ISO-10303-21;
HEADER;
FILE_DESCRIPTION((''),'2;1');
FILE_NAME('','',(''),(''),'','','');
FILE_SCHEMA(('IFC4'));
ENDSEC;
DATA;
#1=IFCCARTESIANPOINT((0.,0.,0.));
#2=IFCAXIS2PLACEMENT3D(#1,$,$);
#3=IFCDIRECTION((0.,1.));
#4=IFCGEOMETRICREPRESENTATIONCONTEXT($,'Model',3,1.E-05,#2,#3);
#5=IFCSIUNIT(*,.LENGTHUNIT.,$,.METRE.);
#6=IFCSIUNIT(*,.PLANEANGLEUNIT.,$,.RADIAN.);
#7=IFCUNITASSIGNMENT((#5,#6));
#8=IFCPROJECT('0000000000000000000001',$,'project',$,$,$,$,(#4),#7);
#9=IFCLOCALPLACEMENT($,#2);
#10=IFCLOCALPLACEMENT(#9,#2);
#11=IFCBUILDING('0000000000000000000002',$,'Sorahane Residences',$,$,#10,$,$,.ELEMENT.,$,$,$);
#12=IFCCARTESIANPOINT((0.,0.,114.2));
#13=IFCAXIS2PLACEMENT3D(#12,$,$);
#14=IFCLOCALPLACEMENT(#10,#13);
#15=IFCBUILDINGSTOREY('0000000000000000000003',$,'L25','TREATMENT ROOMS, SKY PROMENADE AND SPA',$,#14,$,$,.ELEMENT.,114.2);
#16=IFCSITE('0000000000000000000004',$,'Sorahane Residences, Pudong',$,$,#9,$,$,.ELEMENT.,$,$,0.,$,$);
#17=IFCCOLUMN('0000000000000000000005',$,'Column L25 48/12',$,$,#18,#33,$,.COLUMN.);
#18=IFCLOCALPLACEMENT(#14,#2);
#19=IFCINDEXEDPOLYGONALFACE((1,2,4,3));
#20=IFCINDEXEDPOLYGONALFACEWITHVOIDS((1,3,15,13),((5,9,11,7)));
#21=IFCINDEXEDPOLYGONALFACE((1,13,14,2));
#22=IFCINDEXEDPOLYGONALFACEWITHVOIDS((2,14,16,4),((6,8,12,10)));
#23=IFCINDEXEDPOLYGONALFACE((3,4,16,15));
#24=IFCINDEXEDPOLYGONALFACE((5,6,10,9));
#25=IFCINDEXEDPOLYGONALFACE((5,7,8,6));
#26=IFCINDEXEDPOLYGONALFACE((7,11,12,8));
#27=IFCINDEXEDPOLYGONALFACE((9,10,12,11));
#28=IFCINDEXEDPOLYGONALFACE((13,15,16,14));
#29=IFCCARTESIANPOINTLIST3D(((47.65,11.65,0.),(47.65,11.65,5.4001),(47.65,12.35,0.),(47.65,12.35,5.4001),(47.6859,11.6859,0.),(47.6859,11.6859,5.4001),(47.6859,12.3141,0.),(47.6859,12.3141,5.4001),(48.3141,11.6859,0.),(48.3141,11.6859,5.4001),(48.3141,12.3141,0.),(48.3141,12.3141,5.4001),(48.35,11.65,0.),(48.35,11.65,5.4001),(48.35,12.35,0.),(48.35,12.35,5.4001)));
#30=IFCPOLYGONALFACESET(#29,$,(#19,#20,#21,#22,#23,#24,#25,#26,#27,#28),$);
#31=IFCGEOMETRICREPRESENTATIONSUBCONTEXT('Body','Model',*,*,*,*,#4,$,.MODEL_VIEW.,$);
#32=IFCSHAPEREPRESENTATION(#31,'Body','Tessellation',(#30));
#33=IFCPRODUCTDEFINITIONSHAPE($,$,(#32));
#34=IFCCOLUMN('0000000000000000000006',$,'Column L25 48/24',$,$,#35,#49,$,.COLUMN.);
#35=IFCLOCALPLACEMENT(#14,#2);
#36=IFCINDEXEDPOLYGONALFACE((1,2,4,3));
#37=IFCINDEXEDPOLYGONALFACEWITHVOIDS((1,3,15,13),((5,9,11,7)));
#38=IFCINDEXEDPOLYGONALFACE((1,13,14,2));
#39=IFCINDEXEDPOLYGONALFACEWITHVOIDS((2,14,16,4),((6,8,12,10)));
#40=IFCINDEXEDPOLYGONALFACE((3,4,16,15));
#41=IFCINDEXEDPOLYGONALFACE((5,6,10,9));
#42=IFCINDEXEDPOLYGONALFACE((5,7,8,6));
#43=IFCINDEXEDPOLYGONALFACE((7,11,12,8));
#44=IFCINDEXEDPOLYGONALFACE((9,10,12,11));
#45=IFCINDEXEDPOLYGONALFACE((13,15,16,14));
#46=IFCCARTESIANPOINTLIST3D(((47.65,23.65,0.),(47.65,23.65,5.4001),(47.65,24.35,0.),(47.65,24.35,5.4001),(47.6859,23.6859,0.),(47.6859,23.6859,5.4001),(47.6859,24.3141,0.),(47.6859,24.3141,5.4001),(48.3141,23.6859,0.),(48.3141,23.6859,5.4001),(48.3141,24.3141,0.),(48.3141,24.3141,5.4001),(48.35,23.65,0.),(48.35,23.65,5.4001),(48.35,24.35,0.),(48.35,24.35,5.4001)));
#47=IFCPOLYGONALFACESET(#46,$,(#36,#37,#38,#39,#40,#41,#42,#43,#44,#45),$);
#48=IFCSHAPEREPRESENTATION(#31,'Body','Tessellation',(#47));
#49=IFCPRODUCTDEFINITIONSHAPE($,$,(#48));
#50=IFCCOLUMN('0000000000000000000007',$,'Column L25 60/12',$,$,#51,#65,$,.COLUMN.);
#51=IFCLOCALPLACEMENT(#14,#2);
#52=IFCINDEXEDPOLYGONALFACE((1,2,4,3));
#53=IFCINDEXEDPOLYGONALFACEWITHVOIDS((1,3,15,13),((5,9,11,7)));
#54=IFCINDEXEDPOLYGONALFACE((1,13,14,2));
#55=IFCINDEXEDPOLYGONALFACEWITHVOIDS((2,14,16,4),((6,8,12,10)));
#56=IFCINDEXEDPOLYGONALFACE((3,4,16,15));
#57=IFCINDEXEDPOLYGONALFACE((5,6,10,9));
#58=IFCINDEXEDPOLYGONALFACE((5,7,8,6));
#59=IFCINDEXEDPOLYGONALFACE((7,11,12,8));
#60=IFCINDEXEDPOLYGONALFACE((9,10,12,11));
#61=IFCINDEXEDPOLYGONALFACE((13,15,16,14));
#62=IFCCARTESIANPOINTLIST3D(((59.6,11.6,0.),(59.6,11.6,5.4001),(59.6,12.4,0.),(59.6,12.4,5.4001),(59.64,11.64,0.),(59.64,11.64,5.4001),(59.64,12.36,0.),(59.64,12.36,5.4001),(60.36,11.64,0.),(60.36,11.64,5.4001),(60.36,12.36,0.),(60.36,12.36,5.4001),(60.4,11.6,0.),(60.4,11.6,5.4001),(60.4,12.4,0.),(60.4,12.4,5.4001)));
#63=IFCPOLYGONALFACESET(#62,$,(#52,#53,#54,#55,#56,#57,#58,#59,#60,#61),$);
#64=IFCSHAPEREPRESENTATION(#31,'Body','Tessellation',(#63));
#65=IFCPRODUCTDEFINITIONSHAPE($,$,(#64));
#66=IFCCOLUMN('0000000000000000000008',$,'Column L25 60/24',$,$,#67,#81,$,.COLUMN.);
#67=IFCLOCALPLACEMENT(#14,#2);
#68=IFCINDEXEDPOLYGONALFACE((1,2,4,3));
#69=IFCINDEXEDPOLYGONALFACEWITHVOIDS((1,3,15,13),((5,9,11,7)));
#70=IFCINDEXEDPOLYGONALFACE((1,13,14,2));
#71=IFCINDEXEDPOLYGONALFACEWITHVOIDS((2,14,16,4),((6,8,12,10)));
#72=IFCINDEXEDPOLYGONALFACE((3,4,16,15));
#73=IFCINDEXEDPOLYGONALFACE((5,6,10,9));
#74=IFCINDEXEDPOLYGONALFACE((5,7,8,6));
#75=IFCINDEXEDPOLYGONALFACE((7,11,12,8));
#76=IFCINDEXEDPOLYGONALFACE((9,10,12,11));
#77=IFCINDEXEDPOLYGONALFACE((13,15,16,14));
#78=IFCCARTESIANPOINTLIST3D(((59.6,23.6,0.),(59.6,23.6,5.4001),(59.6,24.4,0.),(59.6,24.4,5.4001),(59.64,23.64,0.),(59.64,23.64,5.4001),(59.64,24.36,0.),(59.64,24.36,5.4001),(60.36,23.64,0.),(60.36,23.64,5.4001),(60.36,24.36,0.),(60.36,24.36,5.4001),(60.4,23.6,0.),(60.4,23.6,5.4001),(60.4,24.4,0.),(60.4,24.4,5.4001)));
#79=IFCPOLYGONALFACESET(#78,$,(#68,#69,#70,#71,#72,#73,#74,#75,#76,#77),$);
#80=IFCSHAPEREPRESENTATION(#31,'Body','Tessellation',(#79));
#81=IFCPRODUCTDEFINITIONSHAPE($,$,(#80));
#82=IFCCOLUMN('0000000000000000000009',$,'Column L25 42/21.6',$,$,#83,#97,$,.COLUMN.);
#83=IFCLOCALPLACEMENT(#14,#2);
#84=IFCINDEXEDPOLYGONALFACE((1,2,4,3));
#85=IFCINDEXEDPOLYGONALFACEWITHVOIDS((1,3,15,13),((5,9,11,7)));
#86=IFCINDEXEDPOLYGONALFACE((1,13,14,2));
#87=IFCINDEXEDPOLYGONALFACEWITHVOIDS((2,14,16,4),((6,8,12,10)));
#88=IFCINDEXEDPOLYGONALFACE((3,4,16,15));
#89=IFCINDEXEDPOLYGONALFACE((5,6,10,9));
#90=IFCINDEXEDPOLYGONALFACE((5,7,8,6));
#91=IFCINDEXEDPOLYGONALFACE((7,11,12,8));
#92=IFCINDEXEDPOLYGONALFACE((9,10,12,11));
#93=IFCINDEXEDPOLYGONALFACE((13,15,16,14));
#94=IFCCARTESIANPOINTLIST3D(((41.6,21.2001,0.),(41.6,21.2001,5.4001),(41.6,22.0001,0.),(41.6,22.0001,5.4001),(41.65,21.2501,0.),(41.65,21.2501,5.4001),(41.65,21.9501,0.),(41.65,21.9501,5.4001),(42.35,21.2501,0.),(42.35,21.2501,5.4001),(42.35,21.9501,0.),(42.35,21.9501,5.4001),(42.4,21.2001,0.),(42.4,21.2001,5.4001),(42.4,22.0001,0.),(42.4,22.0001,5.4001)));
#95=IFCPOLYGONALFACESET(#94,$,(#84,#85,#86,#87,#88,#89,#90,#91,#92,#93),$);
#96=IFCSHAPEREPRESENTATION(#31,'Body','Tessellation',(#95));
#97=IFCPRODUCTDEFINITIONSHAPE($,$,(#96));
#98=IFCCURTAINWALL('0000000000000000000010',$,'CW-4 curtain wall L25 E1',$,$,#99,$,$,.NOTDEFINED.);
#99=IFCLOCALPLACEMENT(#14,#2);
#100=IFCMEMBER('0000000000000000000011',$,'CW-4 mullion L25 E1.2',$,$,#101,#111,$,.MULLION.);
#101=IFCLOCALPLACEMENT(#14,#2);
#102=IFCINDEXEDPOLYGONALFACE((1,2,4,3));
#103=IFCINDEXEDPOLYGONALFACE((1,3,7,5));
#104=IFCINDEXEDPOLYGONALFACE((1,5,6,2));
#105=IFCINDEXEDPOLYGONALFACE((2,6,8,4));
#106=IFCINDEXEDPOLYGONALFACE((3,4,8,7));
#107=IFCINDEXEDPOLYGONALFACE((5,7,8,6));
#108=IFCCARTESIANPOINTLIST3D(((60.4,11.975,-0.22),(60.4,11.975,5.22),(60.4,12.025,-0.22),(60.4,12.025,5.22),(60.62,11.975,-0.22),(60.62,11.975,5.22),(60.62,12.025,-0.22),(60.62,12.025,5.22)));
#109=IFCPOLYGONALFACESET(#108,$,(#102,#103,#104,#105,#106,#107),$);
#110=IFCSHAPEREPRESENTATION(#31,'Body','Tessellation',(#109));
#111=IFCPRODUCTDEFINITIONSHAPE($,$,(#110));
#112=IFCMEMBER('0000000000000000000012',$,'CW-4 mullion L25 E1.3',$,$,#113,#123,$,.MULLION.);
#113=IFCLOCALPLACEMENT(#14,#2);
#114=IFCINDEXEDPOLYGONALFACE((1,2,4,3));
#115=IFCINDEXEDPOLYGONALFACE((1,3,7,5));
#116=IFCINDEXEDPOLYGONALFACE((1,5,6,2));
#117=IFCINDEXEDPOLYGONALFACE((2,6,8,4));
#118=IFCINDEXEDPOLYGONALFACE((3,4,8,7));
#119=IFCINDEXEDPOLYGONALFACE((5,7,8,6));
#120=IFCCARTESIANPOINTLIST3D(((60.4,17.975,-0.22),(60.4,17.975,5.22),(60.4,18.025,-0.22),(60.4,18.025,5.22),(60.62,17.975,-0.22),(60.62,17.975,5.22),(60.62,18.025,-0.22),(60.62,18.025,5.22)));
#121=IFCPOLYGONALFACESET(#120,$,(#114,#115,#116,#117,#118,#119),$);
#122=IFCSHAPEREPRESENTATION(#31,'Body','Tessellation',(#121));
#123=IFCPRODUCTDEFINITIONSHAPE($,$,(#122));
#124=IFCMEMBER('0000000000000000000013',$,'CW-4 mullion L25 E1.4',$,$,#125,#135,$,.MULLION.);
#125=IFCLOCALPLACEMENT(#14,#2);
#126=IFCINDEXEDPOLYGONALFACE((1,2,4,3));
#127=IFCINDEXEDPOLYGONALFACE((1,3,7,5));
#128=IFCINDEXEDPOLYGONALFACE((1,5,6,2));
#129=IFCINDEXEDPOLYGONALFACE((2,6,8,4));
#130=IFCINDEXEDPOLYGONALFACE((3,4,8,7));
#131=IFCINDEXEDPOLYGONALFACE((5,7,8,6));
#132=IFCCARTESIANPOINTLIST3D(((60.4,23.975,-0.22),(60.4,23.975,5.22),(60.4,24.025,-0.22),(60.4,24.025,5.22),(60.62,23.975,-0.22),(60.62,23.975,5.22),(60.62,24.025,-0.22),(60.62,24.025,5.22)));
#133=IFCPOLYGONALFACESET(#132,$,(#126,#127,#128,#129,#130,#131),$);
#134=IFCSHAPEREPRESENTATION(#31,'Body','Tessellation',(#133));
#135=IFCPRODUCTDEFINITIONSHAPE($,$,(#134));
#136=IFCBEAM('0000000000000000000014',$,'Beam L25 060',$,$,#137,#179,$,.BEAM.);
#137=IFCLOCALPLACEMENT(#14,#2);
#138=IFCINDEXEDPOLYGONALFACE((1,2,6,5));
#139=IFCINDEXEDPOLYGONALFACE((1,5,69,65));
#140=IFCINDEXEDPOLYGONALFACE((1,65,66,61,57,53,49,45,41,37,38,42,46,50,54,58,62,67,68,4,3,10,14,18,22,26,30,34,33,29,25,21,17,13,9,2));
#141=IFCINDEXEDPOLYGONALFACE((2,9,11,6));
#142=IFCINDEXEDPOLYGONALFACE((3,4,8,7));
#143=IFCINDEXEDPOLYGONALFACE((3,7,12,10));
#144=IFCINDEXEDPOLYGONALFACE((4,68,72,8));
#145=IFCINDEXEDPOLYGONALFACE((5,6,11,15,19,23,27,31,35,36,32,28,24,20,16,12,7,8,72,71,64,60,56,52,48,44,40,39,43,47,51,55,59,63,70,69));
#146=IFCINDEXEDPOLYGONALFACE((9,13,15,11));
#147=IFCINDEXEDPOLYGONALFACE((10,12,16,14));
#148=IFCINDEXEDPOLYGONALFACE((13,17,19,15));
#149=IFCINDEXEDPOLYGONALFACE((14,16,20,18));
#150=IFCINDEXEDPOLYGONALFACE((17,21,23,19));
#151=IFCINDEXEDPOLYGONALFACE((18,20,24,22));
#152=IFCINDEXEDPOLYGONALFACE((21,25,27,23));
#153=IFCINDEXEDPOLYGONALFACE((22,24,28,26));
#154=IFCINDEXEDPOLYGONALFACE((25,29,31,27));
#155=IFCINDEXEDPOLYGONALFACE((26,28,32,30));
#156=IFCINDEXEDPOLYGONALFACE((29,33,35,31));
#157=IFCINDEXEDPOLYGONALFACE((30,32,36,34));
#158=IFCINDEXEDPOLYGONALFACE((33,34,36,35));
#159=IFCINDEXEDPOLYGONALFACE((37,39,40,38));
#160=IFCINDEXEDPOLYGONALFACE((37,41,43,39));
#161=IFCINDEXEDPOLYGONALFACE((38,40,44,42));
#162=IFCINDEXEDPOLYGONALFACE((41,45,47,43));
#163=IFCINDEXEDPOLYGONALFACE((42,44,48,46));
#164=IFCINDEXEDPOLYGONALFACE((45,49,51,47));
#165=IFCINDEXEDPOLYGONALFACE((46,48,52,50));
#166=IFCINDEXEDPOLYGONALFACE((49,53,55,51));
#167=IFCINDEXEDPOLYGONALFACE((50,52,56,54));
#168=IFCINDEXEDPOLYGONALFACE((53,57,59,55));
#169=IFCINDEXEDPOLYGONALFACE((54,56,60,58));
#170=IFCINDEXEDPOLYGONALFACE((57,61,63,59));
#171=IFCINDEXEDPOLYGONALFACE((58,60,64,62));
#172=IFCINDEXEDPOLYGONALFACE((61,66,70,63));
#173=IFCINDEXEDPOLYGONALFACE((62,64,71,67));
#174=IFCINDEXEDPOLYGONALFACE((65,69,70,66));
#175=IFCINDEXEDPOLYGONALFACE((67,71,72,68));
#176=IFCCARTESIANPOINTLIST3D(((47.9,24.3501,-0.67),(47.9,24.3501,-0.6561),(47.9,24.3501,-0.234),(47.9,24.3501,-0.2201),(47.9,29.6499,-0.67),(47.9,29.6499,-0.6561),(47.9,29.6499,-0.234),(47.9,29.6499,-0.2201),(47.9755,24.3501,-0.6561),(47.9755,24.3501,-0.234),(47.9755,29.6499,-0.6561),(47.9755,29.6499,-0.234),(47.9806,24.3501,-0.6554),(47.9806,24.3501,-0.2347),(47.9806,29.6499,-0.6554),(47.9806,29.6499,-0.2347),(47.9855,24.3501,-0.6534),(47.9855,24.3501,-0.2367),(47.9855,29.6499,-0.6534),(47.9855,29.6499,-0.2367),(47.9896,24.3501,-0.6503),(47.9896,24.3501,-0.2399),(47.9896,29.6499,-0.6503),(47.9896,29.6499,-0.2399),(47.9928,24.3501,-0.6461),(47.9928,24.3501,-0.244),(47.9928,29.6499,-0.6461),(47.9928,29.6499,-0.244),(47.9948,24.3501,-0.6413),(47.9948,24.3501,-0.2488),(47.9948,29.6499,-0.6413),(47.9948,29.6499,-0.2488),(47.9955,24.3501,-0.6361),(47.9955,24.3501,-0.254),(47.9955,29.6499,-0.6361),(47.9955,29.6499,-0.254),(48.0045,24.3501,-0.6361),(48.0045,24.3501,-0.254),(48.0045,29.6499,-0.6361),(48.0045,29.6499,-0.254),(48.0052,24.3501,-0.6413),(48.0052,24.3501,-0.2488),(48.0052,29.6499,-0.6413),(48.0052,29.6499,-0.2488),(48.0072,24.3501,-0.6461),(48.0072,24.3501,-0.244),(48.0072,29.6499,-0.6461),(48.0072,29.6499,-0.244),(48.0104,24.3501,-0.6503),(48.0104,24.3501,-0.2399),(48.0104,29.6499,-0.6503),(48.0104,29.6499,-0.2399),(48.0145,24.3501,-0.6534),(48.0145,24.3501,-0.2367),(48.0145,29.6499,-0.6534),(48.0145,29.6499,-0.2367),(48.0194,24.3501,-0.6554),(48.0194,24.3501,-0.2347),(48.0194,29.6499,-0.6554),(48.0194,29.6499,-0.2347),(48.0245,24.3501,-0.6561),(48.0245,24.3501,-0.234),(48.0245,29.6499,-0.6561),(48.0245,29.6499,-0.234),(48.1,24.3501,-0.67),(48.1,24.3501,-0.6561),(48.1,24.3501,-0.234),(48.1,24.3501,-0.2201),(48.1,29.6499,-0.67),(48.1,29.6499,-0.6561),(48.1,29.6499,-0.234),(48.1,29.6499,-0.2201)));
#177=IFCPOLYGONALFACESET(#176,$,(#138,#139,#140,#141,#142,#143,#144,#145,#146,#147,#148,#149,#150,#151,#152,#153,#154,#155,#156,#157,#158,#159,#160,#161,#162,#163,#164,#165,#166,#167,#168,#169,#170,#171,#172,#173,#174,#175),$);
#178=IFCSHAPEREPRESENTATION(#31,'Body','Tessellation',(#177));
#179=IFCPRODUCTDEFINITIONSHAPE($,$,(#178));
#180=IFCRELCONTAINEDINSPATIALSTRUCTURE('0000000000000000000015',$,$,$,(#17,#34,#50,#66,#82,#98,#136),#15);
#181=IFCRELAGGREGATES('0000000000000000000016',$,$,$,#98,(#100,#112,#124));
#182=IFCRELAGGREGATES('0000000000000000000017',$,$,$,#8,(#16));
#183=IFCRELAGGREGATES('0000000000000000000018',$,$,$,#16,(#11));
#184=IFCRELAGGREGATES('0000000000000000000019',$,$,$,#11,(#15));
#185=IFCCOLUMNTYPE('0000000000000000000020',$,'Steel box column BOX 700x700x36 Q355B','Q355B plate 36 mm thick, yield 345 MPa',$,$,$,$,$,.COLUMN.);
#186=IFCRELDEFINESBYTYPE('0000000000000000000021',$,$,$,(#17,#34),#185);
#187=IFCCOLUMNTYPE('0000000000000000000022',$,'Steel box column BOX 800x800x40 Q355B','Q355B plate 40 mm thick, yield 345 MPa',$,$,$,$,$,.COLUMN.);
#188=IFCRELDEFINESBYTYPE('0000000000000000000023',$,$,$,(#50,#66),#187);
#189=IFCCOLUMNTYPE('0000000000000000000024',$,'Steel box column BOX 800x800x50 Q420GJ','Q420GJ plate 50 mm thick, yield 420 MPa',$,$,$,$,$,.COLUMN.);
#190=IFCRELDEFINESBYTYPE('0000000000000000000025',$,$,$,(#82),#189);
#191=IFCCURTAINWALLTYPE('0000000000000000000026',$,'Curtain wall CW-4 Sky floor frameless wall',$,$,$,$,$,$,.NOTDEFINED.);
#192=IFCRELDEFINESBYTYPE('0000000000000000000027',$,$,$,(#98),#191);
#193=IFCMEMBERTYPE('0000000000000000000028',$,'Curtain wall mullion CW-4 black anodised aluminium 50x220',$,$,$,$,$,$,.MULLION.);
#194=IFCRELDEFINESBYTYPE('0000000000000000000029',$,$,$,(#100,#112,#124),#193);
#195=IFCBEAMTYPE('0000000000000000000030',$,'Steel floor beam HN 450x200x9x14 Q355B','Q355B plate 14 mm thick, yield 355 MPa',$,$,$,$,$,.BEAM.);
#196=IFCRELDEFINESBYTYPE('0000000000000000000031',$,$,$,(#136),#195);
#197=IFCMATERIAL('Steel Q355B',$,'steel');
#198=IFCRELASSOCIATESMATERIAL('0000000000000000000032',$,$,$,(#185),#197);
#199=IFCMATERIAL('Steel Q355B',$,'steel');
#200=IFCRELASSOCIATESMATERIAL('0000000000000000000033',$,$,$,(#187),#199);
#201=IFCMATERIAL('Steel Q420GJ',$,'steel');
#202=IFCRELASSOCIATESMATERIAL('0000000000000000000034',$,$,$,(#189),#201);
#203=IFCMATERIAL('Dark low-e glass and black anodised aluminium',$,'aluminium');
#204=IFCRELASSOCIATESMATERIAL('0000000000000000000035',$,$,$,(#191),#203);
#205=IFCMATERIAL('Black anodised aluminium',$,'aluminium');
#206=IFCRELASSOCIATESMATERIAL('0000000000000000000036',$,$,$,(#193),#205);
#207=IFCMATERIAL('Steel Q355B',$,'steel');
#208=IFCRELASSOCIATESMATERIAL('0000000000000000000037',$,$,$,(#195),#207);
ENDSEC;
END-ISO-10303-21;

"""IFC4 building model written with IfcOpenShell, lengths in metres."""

from ifc_helpers import new_model, si_unit, direction, frame, origin, origin_2d, place, context, subcontext, project, spatial, rectangle, hollow_rectangle, i_section, extrude, material, material_profile, profile_set, type_object, element, aggregate, save


model = new_model("IFC4")

# Units and contexts
model_context = context("Model", 3, precision=1e-05, world=origin(), true_north=direction((0.0, 1.0)))
body_context = subcontext(model_context, "Body", "Model", "MODEL_VIEW")
ifc_project = project(units=[si_unit("LENGTHUNIT", "METRE"), si_unit("PLANEANGLEUNIT", "RADIAN")], contexts=[model_context])

# Site, building, storey
site_placement = place(None, origin())
site = spatial("IfcSite", under=ifc_project, at=site_placement, Name="Sorahane Residences, Pudong", CompositionType="ELEMENT", RefElevation=0.0)
building_placement = place(site_placement, origin())
building = spatial("IfcBuilding", under=site, at=building_placement, Name="Sorahane Residences", CompositionType="ELEMENT")
storey_placement = place(building_placement, frame((0.0, 0.0, 114.2)))
storey = spatial("IfcBuildingStorey", under=building, at=storey_placement, Name="L25", Description="TREATMENT ROOMS, SKY PROMENADE AND SPA", CompositionType="ELEMENT", Elevation=114.2)

# Columns
ifc_material_1 = material(Name="Steel Q355B", Category="steel")
ifc_material_profile_1 = material_profile(ifc_material_1, hollow_rectangle(XDim=0.7, YDim=0.7, WallThickness=0.0359, at=origin_2d()), Name="BOX 700x700x36")
ifc_profile_set_1 = profile_set([ifc_material_profile_1], Name="Steel Q355B")
column_type_1 = type_object("IfcColumnType", Name="Steel box column BOX 700x700x36 Q355B", Description="Q355B plate 36 mm thick, yield 345 MPa", PredefinedType="COLUMN", material=ifc_profile_set_1)
for number, where, z_axis, x_axis, name in (
    (1, (48.0, 12.0, 0.0), (0.0, 0.0, 1.0), (1.0, 0.0, 0.0), "Column L25 48/12"),
    (2, (48.0, 24.0, 0.0), (0.0, 0.0, 1.0), (1.0, 0.0, 0.0), "Column L25 48/24"),
):
    element("IfcColumn", number, at=place(storey_placement, frame(where, z_axis=z_axis, x_axis=x_axis)), inside=storey, type_object=column_type_1, Name=name, PredefinedType="COLUMN", context=body_context, shape_type="SweptSolid", body=[
        extrude(hollow_rectangle(XDim=0.7, YDim=0.7, WallThickness=0.0359, at=origin_2d()), origin(), (0.0, 0.0, 1.0), 5.4001),
    ])
ifc_material_2 = material(Name="Steel Q355B", Category="steel")
ifc_material_profile_2 = material_profile(ifc_material_2, hollow_rectangle(XDim=0.8, YDim=0.8, WallThickness=0.04, at=origin_2d()), Name="BOX 800x800x40")
ifc_profile_set_2 = profile_set([ifc_material_profile_2], Name="Steel Q355B")
column_type_2 = type_object("IfcColumnType", Name="Steel box column BOX 800x800x40 Q355B", Description="Q355B plate 40 mm thick, yield 345 MPa", PredefinedType="COLUMN", material=ifc_profile_set_2)
for number, where, z_axis, x_axis, name in (
    (3, (60.0, 12.0, 0.0), (0.0, 0.0, 1.0), (1.0, 0.0, 0.0), "Column L25 60/12"),
    (4, (60.0, 24.0, 0.0), (0.0, 0.0, 1.0), (1.0, 0.0, 0.0), "Column L25 60/24"),
):
    element("IfcColumn", number, at=place(storey_placement, frame(where, z_axis=z_axis, x_axis=x_axis)), inside=storey, type_object=column_type_2, Name=name, PredefinedType="COLUMN", context=body_context, shape_type="SweptSolid", body=[
        extrude(hollow_rectangle(XDim=0.8, YDim=0.8, WallThickness=0.04, at=origin_2d()), origin(), (0.0, 0.0, 1.0), 5.4001),
    ])
ifc_material_3 = material(Name="Steel Q420GJ", Category="steel")
ifc_material_profile_3 = material_profile(ifc_material_3, hollow_rectangle(XDim=0.8, YDim=0.8, WallThickness=0.05, at=origin_2d()), Name="BOX 800x800x50")
ifc_profile_set_3 = profile_set([ifc_material_profile_3], Name="Steel Q420GJ")
column_type_3 = type_object("IfcColumnType", Name="Steel box column BOX 800x800x50 Q420GJ", Description="Q420GJ plate 50 mm thick, yield 420 MPa", PredefinedType="COLUMN", material=ifc_profile_set_3)
column_placement = place(storey_placement, frame((42.0, 21.6001, 0.0), z_axis=(0.0, 0.0, 1.0), x_axis=(1.0, 0.0, 0.0)))
element("IfcColumn", 5, at=column_placement, inside=storey, type_object=column_type_3, Name="Column L25 42/21.6", PredefinedType="COLUMN", context=body_context, shape_type="SweptSolid", body=[
    extrude(hollow_rectangle(XDim=0.8, YDim=0.8, WallThickness=0.05, at=origin_2d()), origin(), (0.0, 0.0, 1.0), 5.4001),
])

# Curtain wall, members
ifc_material_4 = material(Name="Dark low-e glass and black anodised aluminium", Category="aluminium")
curtain_wall_type = type_object("IfcCurtainWallType", Name="Curtain wall CW-4 Sky floor frameless wall", PredefinedType="NOTDEFINED", material=ifc_material_4)
curtain_wall_placement = place(storey_placement, origin())
curtain_wall = element("IfcCurtainWall", 6, at=curtain_wall_placement, inside=storey, type_object=curtain_wall_type, Name="CW-4 curtain wall L25 E1", PredefinedType="NOTDEFINED")
ifc_material_5 = material(Name="Black anodised aluminium", Category="aluminium")
ifc_material_profile_4 = material_profile(ifc_material_5, rectangle(XDim=0.22, YDim=0.05, at=origin_2d()), Name="Curtain wall mullion CW-4 black anodised aluminium 50x220")
ifc_profile_set_4 = profile_set([ifc_material_profile_4], Name="Black anodised aluminium")
member_type = type_object("IfcMemberType", Name="Curtain wall mullion CW-4 black anodised aluminium 50x220", PredefinedType="MULLION", material=ifc_profile_set_4)
member_1_placement = place(storey_placement, frame((60.51, 12.0, -0.22), z_axis=(0.0, 0.0, 1.0), x_axis=(1.0, 0.0, 0.0)))
member_1 = element("IfcMember", 7, at=member_1_placement, type_object=member_type, Name="CW-4 mullion L25 E1.2", PredefinedType="MULLION", context=body_context, shape_type="SweptSolid", body=[
    extrude(rectangle(XDim=0.22, YDim=0.05, at=origin_2d()), origin(), (0.0, 0.0, 1.0), 5.4399),
])
member_2_placement = place(storey_placement, frame((60.51, 18.0, -0.22), z_axis=(0.0, 0.0, 1.0), x_axis=(1.0, 0.0, 0.0)))
member_2 = element("IfcMember", 8, at=member_2_placement, type_object=member_type, Name="CW-4 mullion L25 E1.3", PredefinedType="MULLION", context=body_context, shape_type="SweptSolid", body=[
    extrude(rectangle(XDim=0.22, YDim=0.05, at=origin_2d()), origin(), (0.0, 0.0, 1.0), 5.4399),
])
member_3_placement = place(storey_placement, frame((60.51, 24.0, -0.22), z_axis=(0.0, 0.0, 1.0), x_axis=(1.0, 0.0, 0.0)))
member_3 = element("IfcMember", 9, at=member_3_placement, type_object=member_type, Name="CW-4 mullion L25 E1.4", PredefinedType="MULLION", context=body_context, shape_type="SweptSolid", body=[
    extrude(rectangle(XDim=0.22, YDim=0.05, at=origin_2d()), origin(), (0.0, 0.0, 1.0), 5.4399),
])

# Beam
ifc_material_6 = material(Name="Steel Q355B", Category="steel")
ifc_material_profile_5 = material_profile(ifc_material_6, i_section(OverallWidth=0.2, OverallDepth=0.45, WebThickness=0.009, FlangeThickness=0.0139, FilletRadius=0.02, at=origin_2d()), Name="HN 450x200x9x14")
ifc_profile_set_5 = profile_set([ifc_material_profile_5], Name="Steel Q355B")
beam_type_1 = type_object("IfcBeamType", Name="Steel floor beam HN 450x200x9x14 Q355B", Description="Q355B plate 14 mm thick, yield 355 MPa", PredefinedType="BEAM", material=ifc_profile_set_5)
beam_1_placement = place(storey_placement, frame((48.0, 24.3501, -0.4451), z_axis=(0.0, 1.0, 0.0), x_axis=(-1.0, 0.0, 0.0)))
element("IfcBeam", 10, at=beam_1_placement, inside=storey, type_object=beam_type_1, Name="Beam L25 060", PredefinedType="BEAM", context=body_context, shape_type="SweptSolid", body=[
    extrude(i_section(OverallWidth=0.2, OverallDepth=0.45, WebThickness=0.009, FlangeThickness=0.0139, FilletRadius=0.02, at=origin_2d()), origin(), (0.0, 0.0, 1.0), 5.2998),
])

aggregate(curtain_wall, [member_1, member_2, member_3])

save(model, "model.ifc")
